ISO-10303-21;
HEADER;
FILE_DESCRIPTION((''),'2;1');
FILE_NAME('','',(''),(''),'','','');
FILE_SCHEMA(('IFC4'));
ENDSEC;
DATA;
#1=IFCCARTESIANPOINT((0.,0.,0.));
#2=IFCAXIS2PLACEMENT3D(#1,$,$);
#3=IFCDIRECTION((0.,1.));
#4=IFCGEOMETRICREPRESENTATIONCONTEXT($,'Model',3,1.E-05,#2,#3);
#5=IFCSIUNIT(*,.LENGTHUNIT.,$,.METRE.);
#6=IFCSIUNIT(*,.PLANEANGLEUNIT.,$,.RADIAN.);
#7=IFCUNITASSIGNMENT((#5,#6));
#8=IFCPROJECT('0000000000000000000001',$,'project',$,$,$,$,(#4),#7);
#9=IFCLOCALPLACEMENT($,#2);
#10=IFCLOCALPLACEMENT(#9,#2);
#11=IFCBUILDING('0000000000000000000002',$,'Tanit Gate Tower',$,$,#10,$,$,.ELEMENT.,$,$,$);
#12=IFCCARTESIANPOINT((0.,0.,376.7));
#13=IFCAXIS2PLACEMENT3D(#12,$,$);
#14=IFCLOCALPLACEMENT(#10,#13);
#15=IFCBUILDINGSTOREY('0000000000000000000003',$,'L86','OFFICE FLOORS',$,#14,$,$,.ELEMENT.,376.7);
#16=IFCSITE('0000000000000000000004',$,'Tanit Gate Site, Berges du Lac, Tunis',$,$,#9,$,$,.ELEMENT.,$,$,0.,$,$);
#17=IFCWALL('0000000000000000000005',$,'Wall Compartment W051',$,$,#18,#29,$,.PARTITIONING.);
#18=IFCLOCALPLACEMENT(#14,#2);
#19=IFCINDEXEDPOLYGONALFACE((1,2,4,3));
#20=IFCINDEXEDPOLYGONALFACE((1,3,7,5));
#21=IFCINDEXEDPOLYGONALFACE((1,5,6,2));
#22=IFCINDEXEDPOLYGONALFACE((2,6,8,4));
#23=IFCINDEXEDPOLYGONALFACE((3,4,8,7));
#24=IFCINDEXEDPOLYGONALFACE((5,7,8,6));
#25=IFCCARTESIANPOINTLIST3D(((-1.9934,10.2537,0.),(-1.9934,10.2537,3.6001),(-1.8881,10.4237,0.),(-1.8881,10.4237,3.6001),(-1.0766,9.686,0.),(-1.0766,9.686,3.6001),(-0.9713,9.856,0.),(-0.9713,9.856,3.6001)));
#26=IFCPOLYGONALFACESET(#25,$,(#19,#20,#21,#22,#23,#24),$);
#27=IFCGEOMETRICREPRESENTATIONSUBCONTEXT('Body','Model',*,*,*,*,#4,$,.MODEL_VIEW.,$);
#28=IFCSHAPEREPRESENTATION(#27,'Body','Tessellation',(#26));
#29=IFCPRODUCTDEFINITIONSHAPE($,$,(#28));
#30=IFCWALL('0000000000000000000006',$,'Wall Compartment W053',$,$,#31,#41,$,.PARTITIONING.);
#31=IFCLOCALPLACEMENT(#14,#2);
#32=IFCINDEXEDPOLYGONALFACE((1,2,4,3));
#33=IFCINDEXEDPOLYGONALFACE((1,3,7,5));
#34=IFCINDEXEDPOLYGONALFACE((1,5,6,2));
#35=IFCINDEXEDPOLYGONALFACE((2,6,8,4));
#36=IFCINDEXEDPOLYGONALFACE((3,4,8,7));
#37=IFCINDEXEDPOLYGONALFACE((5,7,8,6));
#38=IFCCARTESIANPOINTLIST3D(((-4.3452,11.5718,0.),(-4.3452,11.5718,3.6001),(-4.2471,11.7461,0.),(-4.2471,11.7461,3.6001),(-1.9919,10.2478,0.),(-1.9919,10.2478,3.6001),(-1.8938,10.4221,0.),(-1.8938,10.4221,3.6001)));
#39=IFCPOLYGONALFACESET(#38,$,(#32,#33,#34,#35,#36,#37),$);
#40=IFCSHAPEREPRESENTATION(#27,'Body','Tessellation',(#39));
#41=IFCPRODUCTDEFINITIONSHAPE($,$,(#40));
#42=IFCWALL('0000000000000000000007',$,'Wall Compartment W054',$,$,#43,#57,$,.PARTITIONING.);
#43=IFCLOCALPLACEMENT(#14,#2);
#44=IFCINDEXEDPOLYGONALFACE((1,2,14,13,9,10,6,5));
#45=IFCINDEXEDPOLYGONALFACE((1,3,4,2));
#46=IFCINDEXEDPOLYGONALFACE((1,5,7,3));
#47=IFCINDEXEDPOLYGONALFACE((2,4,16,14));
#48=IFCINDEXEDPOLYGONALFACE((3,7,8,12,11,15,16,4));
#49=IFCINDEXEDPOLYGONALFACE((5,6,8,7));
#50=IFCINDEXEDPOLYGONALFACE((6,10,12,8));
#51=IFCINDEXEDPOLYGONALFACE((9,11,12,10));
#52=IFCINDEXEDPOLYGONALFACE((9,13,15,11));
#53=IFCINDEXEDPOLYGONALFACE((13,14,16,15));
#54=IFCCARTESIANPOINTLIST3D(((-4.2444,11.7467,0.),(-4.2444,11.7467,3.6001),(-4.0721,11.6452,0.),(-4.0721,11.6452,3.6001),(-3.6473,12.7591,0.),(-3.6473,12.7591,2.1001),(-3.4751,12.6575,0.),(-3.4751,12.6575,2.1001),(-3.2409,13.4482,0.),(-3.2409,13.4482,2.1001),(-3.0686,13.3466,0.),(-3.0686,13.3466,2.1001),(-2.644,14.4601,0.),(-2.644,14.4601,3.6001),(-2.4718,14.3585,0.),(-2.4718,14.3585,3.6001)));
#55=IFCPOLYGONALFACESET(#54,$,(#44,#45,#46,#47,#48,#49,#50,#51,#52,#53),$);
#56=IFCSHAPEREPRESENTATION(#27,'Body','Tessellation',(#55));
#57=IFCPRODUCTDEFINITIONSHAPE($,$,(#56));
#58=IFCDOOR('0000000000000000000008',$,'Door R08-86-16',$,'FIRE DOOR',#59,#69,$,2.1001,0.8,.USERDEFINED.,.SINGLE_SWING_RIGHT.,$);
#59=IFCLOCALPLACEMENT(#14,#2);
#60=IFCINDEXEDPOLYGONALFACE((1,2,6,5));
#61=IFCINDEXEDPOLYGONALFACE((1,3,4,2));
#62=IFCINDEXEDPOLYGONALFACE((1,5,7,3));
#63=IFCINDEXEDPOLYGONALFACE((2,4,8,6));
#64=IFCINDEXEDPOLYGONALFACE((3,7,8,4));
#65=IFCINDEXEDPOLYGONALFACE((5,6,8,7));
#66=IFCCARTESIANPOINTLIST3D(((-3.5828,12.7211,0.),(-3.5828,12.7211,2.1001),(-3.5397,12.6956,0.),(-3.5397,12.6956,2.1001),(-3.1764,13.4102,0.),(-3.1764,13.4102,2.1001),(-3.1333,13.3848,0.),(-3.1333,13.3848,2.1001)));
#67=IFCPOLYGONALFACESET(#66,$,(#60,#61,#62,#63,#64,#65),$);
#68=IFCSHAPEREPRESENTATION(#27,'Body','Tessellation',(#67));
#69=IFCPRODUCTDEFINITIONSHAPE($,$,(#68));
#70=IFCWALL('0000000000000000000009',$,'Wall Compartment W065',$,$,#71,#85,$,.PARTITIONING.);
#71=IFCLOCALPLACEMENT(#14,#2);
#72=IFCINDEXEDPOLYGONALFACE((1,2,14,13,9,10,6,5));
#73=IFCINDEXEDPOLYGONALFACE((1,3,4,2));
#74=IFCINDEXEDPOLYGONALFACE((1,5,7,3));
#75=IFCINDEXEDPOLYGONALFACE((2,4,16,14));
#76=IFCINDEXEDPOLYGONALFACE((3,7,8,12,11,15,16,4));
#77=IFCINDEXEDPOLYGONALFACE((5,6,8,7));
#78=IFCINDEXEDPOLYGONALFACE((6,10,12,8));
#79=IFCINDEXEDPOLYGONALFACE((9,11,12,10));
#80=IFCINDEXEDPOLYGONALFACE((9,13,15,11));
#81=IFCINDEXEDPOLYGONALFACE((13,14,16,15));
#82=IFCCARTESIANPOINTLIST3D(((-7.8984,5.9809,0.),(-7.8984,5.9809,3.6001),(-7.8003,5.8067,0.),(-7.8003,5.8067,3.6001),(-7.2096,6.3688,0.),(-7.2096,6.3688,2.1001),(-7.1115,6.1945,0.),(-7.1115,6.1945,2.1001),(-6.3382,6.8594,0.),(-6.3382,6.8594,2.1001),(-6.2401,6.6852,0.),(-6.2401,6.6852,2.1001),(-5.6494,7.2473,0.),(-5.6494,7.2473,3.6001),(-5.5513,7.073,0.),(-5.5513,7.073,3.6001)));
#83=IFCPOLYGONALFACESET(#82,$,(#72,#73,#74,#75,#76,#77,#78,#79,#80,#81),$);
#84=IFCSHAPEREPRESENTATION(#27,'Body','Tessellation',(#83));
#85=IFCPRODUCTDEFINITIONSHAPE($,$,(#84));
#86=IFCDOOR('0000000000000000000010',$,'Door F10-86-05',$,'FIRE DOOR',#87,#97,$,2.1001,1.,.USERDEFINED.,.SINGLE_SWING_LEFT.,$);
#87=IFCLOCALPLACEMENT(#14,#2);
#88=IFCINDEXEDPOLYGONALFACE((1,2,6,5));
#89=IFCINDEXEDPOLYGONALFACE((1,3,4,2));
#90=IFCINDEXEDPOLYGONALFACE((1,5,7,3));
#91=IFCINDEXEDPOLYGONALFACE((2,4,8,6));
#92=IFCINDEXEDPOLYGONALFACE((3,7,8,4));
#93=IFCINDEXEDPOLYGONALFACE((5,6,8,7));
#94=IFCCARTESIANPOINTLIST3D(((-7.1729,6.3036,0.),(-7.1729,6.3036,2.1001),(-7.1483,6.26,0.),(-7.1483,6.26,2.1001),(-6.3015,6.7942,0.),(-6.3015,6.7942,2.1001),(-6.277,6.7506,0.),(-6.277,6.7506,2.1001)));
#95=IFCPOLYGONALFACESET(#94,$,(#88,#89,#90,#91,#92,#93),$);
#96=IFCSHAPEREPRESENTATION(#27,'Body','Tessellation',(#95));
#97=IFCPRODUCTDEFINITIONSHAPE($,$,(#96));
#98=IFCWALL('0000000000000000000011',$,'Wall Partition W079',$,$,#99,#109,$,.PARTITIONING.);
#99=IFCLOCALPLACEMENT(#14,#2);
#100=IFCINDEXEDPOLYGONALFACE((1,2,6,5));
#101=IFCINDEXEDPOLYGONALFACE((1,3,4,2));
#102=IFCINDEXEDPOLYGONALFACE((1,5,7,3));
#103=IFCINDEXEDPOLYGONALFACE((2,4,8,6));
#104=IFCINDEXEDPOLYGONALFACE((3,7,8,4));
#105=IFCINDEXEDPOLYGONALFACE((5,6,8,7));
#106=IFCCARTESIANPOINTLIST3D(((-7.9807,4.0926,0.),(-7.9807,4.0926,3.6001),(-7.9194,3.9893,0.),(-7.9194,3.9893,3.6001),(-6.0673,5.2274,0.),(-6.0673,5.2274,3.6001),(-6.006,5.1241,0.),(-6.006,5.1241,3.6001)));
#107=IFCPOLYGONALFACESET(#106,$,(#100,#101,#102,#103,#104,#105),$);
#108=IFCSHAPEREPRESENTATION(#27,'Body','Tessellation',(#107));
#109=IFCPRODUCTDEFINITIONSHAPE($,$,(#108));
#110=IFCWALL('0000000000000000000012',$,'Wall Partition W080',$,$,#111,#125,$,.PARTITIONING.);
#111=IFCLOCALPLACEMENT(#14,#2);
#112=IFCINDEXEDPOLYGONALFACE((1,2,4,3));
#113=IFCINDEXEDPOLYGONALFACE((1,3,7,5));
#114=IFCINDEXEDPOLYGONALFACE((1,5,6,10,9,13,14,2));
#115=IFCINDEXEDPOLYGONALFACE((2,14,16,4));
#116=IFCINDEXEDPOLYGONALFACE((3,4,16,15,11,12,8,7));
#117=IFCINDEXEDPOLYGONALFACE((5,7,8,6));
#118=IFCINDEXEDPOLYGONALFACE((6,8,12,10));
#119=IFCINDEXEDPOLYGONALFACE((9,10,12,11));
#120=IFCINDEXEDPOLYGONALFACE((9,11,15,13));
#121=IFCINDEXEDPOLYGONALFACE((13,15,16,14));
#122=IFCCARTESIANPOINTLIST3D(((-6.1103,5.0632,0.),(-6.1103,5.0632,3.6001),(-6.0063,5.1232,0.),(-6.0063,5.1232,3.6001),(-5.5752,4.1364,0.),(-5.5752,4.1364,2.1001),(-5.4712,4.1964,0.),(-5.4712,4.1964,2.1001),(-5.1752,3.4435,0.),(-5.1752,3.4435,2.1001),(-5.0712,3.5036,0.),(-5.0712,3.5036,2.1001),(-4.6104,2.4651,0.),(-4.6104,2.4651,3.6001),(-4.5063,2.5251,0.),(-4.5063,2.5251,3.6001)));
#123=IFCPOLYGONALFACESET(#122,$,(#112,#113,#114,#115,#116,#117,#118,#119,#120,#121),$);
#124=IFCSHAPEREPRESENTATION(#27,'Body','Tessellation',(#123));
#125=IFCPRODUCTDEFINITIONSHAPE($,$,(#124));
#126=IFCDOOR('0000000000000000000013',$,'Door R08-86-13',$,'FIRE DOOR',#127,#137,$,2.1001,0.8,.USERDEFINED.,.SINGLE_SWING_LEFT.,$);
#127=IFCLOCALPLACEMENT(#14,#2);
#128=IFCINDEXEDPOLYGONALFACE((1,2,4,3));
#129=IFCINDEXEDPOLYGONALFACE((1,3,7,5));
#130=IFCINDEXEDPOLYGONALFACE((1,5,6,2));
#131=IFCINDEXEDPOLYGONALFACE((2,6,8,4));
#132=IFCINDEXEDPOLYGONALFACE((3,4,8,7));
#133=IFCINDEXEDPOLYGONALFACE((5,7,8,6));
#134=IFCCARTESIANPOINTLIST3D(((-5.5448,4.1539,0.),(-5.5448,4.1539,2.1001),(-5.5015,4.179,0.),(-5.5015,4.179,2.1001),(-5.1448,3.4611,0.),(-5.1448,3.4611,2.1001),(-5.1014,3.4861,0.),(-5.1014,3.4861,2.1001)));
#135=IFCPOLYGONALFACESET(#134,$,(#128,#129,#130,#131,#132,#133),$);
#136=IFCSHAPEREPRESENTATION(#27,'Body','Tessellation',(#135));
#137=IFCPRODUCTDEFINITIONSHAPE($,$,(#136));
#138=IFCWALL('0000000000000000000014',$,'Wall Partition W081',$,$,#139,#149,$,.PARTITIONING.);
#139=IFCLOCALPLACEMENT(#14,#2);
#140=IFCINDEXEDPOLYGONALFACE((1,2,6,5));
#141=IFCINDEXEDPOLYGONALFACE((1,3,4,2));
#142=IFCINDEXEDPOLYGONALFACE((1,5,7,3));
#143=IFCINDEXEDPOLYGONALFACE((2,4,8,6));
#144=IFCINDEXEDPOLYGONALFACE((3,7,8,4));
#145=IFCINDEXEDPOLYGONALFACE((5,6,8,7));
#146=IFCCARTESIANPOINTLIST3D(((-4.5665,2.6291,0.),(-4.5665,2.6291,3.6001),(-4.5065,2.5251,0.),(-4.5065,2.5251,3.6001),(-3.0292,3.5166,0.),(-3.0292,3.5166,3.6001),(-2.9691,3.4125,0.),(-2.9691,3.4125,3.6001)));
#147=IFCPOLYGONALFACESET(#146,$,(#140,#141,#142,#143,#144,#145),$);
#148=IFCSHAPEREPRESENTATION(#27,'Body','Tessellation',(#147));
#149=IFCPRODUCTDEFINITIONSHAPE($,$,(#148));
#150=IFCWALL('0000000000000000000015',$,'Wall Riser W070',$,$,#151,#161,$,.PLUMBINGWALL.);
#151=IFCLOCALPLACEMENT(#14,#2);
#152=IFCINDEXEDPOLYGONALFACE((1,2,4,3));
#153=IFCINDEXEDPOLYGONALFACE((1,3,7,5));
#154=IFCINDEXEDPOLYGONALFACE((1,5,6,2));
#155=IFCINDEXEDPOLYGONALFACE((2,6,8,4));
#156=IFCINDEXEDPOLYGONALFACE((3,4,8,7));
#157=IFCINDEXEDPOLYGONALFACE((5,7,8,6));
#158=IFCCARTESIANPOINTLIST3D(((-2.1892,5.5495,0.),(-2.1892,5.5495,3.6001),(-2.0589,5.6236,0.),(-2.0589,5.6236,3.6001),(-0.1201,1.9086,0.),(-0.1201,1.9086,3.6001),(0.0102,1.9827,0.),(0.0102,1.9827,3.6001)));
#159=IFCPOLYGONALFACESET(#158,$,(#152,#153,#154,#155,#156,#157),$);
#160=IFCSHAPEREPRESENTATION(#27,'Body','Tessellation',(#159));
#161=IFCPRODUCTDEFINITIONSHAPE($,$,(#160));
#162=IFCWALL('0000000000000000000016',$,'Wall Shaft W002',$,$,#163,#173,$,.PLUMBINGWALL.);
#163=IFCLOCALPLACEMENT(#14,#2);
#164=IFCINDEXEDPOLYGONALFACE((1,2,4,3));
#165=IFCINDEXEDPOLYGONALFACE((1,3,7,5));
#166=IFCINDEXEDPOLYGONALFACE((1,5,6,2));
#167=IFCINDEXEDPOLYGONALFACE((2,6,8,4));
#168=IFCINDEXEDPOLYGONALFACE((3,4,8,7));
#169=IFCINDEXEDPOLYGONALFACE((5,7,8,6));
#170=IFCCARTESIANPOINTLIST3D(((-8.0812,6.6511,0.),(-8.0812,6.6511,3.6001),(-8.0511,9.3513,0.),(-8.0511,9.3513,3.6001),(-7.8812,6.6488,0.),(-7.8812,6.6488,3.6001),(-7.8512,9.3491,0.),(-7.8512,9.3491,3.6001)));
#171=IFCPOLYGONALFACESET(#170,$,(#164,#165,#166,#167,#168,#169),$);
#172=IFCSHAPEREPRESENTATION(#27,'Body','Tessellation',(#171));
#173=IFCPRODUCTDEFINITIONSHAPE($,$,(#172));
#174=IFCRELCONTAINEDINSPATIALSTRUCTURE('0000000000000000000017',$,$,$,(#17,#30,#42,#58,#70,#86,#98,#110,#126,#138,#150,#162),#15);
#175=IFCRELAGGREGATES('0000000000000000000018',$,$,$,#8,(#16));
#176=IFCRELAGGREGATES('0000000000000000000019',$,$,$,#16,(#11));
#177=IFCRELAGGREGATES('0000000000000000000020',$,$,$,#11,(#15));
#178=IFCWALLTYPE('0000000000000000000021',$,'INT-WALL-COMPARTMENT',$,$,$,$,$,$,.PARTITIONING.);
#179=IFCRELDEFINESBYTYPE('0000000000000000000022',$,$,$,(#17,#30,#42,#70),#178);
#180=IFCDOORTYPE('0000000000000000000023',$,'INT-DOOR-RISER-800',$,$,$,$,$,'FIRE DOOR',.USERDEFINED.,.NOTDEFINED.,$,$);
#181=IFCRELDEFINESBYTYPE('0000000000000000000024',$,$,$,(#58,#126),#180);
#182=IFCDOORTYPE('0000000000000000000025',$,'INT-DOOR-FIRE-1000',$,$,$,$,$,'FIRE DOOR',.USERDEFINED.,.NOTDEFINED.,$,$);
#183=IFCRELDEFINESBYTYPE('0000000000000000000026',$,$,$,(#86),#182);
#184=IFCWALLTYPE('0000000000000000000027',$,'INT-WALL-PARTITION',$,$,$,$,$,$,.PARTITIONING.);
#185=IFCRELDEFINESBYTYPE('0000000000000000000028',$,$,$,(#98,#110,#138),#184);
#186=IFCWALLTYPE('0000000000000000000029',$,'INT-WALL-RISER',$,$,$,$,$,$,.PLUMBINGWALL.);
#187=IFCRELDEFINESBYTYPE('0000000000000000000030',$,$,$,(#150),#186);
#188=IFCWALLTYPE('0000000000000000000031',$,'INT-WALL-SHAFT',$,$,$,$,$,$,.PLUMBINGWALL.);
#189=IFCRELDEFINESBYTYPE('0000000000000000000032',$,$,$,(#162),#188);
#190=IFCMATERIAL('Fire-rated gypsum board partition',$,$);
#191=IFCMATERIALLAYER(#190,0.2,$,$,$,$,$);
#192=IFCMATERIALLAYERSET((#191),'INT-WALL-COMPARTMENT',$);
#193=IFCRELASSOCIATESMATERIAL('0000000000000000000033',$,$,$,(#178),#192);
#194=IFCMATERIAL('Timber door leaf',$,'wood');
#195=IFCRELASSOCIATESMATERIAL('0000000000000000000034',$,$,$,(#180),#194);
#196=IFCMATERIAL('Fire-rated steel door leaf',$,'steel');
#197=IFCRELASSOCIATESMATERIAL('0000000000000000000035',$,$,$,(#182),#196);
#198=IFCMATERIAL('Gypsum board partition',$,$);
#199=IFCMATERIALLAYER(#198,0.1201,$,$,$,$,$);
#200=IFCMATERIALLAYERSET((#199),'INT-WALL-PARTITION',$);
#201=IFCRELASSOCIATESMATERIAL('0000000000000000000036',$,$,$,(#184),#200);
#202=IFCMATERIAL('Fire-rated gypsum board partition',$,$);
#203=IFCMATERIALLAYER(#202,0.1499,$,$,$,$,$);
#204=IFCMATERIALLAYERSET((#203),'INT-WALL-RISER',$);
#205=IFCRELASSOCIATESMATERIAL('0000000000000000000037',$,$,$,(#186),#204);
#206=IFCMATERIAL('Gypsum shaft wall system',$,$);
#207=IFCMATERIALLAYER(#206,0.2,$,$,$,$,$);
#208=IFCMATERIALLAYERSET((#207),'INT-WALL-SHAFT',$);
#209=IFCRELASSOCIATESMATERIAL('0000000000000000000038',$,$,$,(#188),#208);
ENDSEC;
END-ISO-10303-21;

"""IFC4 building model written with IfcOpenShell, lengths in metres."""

from ifc_helpers import new_model, si_unit, direction, frame, frame_2d, origin, place, context, subcontext, project, spatial, rectangle, extrude, material, layer, layer_set, type_object, element, fill, save


model = new_model("IFC4")

# Units and contexts
model_context = context("Model", 3, precision=1e-05, world=origin(), true_north=direction((0.0, 1.0)))
body_context = subcontext(model_context, "Body", "Model", "MODEL_VIEW")
ifc_project = project(units=[si_unit("LENGTHUNIT", "METRE"), si_unit("PLANEANGLEUNIT", "RADIAN")], contexts=[model_context])

# Site, building, storey
site_placement = place(None, origin())
site = spatial("IfcSite", under=ifc_project, at=site_placement, Name="Tanit Gate Site, Berges du Lac, Tunis", CompositionType="ELEMENT", RefElevation=0.0)
building_placement = place(site_placement, origin())
building = spatial("IfcBuilding", under=site, at=building_placement, Name="Tanit Gate Tower", CompositionType="ELEMENT")
storey_placement = place(building_placement, frame((0.0, 0.0, 376.7)))
storey = spatial("IfcBuildingStorey", under=building, at=storey_placement, Name="L86", Description="OFFICE FLOORS", CompositionType="ELEMENT", Elevation=376.7)

# Walls
ifc_material_1 = material(Name="Fire-rated gypsum board partition")
ifc_layer_1 = layer(ifc_material_1, 0.2)
ifc_layer_set_1 = layer_set([ifc_layer_1], Name="INT-WALL-COMPARTMENT")
wall_type_1 = type_object("IfcWallType", Name="INT-WALL-COMPARTMENT", PredefinedType="PARTITIONING", material=ifc_layer_set_1)
wall_1_placement = place(storey_placement, frame((-1.9407, 10.3386, 0.0), z_axis=(0.0, 0.0, 1.0), x_axis=(0.850217, -0.526433, 0.0)))
element("IfcWall", 1, at=wall_1_placement, inside=storey, type_object=wall_type_1, Name="Wall Compartment W051", PredefinedType="PARTITIONING", context=body_context, shape_type="SweptSolid", body=[
    extrude(rectangle(XDim=1.0784, YDim=0.2, at=frame_2d((0.5391, 0.0))), origin(), (0.0, 0.0, 1.0), 3.6001),
])
wall_2_placement = place(storey_placement, frame((-4.2961, 11.6589, 0.0), z_axis=(0.0, 0.0, 1.0), x_axis=(0.871534, -0.490334, 0.0)))
element("IfcWall", 2, at=wall_2_placement, inside=storey, type_object=wall_type_1, Name="Wall Compartment W053", PredefinedType="PARTITIONING", context=body_context, shape_type="SweptSolid", body=[
    extrude(rectangle(XDim=2.7002, YDim=0.2, at=frame_2d((1.3501, 0.0))), origin(), (0.0, 0.0, 1.0), 3.6001),
])

# Walls, openings, doors
wall_3_placement = place(storey_placement, frame((-2.5579, 14.4094, 0.0), z_axis=(0.0, 0.0, 1.0), x_axis=(-0.508019, -0.861346, 0.0)))
wall_3 = element("IfcWall", 3, at=wall_3_placement, inside=storey, type_object=wall_type_1, Name="Wall Compartment W054", PredefinedType="PARTITIONING", context=body_context, shape_type="SweptSolid", body=[
    extrude(rectangle(XDim=3.1501, YDim=0.2, at=frame_2d((1.5752, 0.0))), origin(), (0.0, 0.0, 1.0), 3.6001),
])
opening_1_placement = place(wall_3_placement, frame((1.175, 0.0, 0.0)))
opening_1 = element("IfcOpeningElement", 4, at=opening_1_placement, cuts=wall_3, PredefinedType="OPENING", context=body_context, shape_type="SweptSolid", body=[
    extrude(rectangle(XDim=0.8, YDim=2.1001, at=frame_2d((0.3999, 1.05))), frame((0.0, 0.1099, 0.0), z_axis=(0.0, -1.0, 0.0), x_axis=(1.0, 0.0, 0.0)), (0.0, 0.0, 1.0), 0.22),
])
ifc_material_2 = material(Name="Timber door leaf", Category="wood")
door_type_1 = type_object("IfcDoorType", Name="INT-DOOR-RISER-800", ElementType="FIRE DOOR", OperationType="NOTDEFINED", PredefinedType="USERDEFINED", material=ifc_material_2)
door_1_placement = place(opening_1_placement, origin())
door_1 = element("IfcDoor", 5, at=door_1_placement, inside=storey, type_object=door_type_1, Name="Door R08-86-16", ObjectType="FIRE DOOR", OperationType="SINGLE_SWING_RIGHT", OverallHeight=2.1001, OverallWidth=0.8, PredefinedType="USERDEFINED", context=body_context, shape_type="SweptSolid", body=[
    extrude(rectangle(XDim=0.8, YDim=2.1001, at=frame_2d((0.3999, 1.05))), frame((0.0, 0.0249, 0.0), z_axis=(0.0, -1.0, 0.0), x_axis=(1.0, 0.0, 0.0)), (0.0, 0.0, 1.0), 0.05),
])
fill(opening_1, door_1)
wall_4_placement = place(storey_placement, frame((-5.6003, 7.1602, 0.0), z_axis=(0.0, 0.0, 1.0), x_axis=(-0.871363, -0.490638, 0.0)))
wall_4 = element("IfcWall", 6, at=wall_4_placement, inside=storey, type_object=wall_type_1, Name="Wall Compartment W065", PredefinedType="PARTITIONING", context=body_context, shape_type="SweptSolid", body=[
    extrude(rectangle(XDim=2.5811, YDim=0.2, at=frame_2d((1.2905, 0.0))), origin(), (0.0, 0.0, 1.0), 3.6001),
])
opening_2_placement = place(wall_4_placement, frame((0.7905, 0.0, 0.0)))
opening_2 = element("IfcOpeningElement", 7, at=opening_2_placement, cuts=wall_4, PredefinedType="OPENING", context=body_context, shape_type="SweptSolid", body=[
    extrude(rectangle(XDim=1.0, YDim=2.1001, at=frame_2d((0.5, 1.05))), frame((0.0, 0.1099, 0.0), z_axis=(0.0, -1.0, 0.0), x_axis=(1.0, 0.0, 0.0)), (0.0, 0.0, 1.0), 0.22),
])
ifc_material_3 = material(Name="Fire-rated steel door leaf", Category="steel")
door_type_2 = type_object("IfcDoorType", Name="INT-DOOR-FIRE-1000", ElementType="FIRE DOOR", OperationType="NOTDEFINED", PredefinedType="USERDEFINED", material=ifc_material_3)
door_2_placement = place(opening_2_placement, origin())
door_2 = element("IfcDoor", 8, at=door_2_placement, inside=storey, type_object=door_type_2, Name="Door F10-86-05", ObjectType="FIRE DOOR", OperationType="SINGLE_SWING_LEFT", OverallHeight=2.1001, OverallWidth=1.0, PredefinedType="USERDEFINED", context=body_context, shape_type="SweptSolid", body=[
    extrude(rectangle(XDim=1.0, YDim=2.1001, at=frame_2d((0.5, 1.05))), frame((0.0, 0.0249, 0.0), z_axis=(0.0, -1.0, 0.0), x_axis=(1.0, 0.0, 0.0)), (0.0, 0.0, 1.0), 0.05),
])
fill(opening_2, door_2)

# Wall
ifc_material_4 = material(Name="Gypsum board partition")
ifc_layer_2 = layer(ifc_material_4, 0.1201)
ifc_layer_set_2 = layer_set([ifc_layer_2], Name="INT-WALL-PARTITION")
wall_type_2 = type_object("IfcWallType", Name="INT-WALL-PARTITION", PredefinedType="PARTITIONING", material=ifc_layer_set_2)
wall_5_placement = place(storey_placement, frame((-6.0366, 5.1758, 0.0), z_axis=(0.0, 0.0, 1.0), x_axis=(-0.860106, -0.510115, 0.0)))
element("IfcWall", 9, at=wall_5_placement, inside=storey, type_object=wall_type_2, Name="Wall Partition W079", PredefinedType="PARTITIONING", context=body_context, shape_type="SweptSolid", body=[
    extrude(rectangle(XDim=2.2246, YDim=0.1201, at=frame_2d((1.1123, 0.0))), origin(), (0.0, 0.0, 1.0), 3.6001),
])

# Wall, opening, door
wall_6_placement = place(storey_placement, frame((-4.5583, 2.4951, 0.0), z_axis=(0.0, 0.0, 1.0), x_axis=(-0.49999, 0.866031, 0.0)))
wall_6 = element("IfcWall", 10, at=wall_6_placement, inside=storey, type_object=wall_type_2, Name="Wall Partition W080", PredefinedType="PARTITIONING", context=body_context, shape_type="SweptSolid", body=[
    extrude(rectangle(XDim=3.0, YDim=0.1201, at=frame_2d((1.5, 0.0))), origin(), (0.0, 0.0, 1.0), 3.6001),
])
opening_3_placement = place(wall_6_placement, frame((1.1299, 0.0, 0.0)))
opening_3 = element("IfcOpeningElement", 11, at=opening_3_placement, cuts=wall_6, PredefinedType="OPENING", context=body_context, shape_type="SweptSolid", body=[
    extrude(rectangle(XDim=0.8, YDim=2.1001, at=frame_2d((0.3999, 1.05))), frame((0.0, 0.0701, 0.0), z_axis=(0.0, -1.0, 0.0), x_axis=(1.0, 0.0, 0.0)), (0.0, 0.0, 1.0), 0.1401),
])
door_3_placement = place(opening_3_placement, origin())
door_3 = element("IfcDoor", 12, at=door_3_placement, inside=storey, type_object=door_type_1, Name="Door R08-86-13", ObjectType="FIRE DOOR", OperationType="SINGLE_SWING_LEFT", OverallHeight=2.1001, OverallWidth=0.8, PredefinedType="USERDEFINED", context=body_context, shape_type="SweptSolid", body=[
    extrude(rectangle(XDim=0.8, YDim=2.1001, at=frame_2d((0.3999, 1.05))), frame((0.0, 0.0249, 0.0), z_axis=(0.0, -1.0, 0.0), x_axis=(1.0, 0.0, 0.0)), (0.0, 0.0, 1.0), 0.05),
])
fill(opening_3, door_3)

# Walls
wall_7_placement = place(storey_placement, frame((-2.999, 3.4646, 0.0), z_axis=(0.0, 0.0, 1.0), x_axis=(-0.86606, -0.499941, 0.0)))
element("IfcWall", 13, at=wall_7_placement, inside=storey, type_object=wall_type_2, Name="Wall Partition W081", PredefinedType="PARTITIONING", context=body_context, shape_type="SweptSolid", body=[
    extrude(rectangle(XDim=1.7751, YDim=0.1201, at=frame_2d((0.8877, 0.0))), origin(), (0.0, 0.0, 1.0), 3.6001),
])
ifc_material_5 = material(Name="Fire-rated gypsum board partition")
ifc_layer_3 = layer(ifc_material_5, 0.1499)
ifc_layer_set_3 = layer_set([ifc_layer_3], Name="INT-WALL-RISER")
wall_type_3 = type_object("IfcWallType", Name="INT-WALL-RISER", PredefinedType="PLUMBINGWALL", material=ifc_layer_set_3)
wall_8_placement = place(storey_placement, frame((-2.124, 5.5864, 0.0), z_axis=(0.0, 0.0, 1.0), x_axis=(0.494085, -0.869414, 0.0)))
element("IfcWall", 14, at=wall_8_placement, inside=storey, type_object=wall_type_3, Name="Wall Riser W070", PredefinedType="PLUMBINGWALL", context=body_context, shape_type="SweptSolid", body=[
    extrude(rectangle(XDim=4.1877, YDim=0.1499, at=frame_2d((2.0938, 0.0))), origin(), (0.0, 0.0, 1.0), 3.6001),
])
ifc_material_6 = material(Name="Gypsum shaft wall system")
ifc_layer_4 = layer(ifc_material_6, 0.2)
ifc_layer_set_4 = layer_set([ifc_layer_4], Name="INT-WALL-SHAFT")
wall_type_4 = type_object("IfcWallType", Name="INT-WALL-SHAFT", PredefinedType="PLUMBINGWALL", material=ifc_layer_set_4)
wall_9_placement = place(storey_placement, frame((-7.9512, 9.3501, 0.0), z_axis=(0.0, 0.0, 1.0), x_axis=(-0.01112, -0.999938, 0.0)))
element("IfcWall", 15, at=wall_9_placement, inside=storey, type_object=wall_type_4, Name="Wall Shaft W002", PredefinedType="PLUMBINGWALL", context=body_context, shape_type="SweptSolid", body=[
    extrude(rectangle(XDim=2.7004, YDim=0.2, at=frame_2d((1.3501, 0.0))), origin(), (0.0, 0.0, 1.0), 3.6001),
])

save(model, "model.ifc")
